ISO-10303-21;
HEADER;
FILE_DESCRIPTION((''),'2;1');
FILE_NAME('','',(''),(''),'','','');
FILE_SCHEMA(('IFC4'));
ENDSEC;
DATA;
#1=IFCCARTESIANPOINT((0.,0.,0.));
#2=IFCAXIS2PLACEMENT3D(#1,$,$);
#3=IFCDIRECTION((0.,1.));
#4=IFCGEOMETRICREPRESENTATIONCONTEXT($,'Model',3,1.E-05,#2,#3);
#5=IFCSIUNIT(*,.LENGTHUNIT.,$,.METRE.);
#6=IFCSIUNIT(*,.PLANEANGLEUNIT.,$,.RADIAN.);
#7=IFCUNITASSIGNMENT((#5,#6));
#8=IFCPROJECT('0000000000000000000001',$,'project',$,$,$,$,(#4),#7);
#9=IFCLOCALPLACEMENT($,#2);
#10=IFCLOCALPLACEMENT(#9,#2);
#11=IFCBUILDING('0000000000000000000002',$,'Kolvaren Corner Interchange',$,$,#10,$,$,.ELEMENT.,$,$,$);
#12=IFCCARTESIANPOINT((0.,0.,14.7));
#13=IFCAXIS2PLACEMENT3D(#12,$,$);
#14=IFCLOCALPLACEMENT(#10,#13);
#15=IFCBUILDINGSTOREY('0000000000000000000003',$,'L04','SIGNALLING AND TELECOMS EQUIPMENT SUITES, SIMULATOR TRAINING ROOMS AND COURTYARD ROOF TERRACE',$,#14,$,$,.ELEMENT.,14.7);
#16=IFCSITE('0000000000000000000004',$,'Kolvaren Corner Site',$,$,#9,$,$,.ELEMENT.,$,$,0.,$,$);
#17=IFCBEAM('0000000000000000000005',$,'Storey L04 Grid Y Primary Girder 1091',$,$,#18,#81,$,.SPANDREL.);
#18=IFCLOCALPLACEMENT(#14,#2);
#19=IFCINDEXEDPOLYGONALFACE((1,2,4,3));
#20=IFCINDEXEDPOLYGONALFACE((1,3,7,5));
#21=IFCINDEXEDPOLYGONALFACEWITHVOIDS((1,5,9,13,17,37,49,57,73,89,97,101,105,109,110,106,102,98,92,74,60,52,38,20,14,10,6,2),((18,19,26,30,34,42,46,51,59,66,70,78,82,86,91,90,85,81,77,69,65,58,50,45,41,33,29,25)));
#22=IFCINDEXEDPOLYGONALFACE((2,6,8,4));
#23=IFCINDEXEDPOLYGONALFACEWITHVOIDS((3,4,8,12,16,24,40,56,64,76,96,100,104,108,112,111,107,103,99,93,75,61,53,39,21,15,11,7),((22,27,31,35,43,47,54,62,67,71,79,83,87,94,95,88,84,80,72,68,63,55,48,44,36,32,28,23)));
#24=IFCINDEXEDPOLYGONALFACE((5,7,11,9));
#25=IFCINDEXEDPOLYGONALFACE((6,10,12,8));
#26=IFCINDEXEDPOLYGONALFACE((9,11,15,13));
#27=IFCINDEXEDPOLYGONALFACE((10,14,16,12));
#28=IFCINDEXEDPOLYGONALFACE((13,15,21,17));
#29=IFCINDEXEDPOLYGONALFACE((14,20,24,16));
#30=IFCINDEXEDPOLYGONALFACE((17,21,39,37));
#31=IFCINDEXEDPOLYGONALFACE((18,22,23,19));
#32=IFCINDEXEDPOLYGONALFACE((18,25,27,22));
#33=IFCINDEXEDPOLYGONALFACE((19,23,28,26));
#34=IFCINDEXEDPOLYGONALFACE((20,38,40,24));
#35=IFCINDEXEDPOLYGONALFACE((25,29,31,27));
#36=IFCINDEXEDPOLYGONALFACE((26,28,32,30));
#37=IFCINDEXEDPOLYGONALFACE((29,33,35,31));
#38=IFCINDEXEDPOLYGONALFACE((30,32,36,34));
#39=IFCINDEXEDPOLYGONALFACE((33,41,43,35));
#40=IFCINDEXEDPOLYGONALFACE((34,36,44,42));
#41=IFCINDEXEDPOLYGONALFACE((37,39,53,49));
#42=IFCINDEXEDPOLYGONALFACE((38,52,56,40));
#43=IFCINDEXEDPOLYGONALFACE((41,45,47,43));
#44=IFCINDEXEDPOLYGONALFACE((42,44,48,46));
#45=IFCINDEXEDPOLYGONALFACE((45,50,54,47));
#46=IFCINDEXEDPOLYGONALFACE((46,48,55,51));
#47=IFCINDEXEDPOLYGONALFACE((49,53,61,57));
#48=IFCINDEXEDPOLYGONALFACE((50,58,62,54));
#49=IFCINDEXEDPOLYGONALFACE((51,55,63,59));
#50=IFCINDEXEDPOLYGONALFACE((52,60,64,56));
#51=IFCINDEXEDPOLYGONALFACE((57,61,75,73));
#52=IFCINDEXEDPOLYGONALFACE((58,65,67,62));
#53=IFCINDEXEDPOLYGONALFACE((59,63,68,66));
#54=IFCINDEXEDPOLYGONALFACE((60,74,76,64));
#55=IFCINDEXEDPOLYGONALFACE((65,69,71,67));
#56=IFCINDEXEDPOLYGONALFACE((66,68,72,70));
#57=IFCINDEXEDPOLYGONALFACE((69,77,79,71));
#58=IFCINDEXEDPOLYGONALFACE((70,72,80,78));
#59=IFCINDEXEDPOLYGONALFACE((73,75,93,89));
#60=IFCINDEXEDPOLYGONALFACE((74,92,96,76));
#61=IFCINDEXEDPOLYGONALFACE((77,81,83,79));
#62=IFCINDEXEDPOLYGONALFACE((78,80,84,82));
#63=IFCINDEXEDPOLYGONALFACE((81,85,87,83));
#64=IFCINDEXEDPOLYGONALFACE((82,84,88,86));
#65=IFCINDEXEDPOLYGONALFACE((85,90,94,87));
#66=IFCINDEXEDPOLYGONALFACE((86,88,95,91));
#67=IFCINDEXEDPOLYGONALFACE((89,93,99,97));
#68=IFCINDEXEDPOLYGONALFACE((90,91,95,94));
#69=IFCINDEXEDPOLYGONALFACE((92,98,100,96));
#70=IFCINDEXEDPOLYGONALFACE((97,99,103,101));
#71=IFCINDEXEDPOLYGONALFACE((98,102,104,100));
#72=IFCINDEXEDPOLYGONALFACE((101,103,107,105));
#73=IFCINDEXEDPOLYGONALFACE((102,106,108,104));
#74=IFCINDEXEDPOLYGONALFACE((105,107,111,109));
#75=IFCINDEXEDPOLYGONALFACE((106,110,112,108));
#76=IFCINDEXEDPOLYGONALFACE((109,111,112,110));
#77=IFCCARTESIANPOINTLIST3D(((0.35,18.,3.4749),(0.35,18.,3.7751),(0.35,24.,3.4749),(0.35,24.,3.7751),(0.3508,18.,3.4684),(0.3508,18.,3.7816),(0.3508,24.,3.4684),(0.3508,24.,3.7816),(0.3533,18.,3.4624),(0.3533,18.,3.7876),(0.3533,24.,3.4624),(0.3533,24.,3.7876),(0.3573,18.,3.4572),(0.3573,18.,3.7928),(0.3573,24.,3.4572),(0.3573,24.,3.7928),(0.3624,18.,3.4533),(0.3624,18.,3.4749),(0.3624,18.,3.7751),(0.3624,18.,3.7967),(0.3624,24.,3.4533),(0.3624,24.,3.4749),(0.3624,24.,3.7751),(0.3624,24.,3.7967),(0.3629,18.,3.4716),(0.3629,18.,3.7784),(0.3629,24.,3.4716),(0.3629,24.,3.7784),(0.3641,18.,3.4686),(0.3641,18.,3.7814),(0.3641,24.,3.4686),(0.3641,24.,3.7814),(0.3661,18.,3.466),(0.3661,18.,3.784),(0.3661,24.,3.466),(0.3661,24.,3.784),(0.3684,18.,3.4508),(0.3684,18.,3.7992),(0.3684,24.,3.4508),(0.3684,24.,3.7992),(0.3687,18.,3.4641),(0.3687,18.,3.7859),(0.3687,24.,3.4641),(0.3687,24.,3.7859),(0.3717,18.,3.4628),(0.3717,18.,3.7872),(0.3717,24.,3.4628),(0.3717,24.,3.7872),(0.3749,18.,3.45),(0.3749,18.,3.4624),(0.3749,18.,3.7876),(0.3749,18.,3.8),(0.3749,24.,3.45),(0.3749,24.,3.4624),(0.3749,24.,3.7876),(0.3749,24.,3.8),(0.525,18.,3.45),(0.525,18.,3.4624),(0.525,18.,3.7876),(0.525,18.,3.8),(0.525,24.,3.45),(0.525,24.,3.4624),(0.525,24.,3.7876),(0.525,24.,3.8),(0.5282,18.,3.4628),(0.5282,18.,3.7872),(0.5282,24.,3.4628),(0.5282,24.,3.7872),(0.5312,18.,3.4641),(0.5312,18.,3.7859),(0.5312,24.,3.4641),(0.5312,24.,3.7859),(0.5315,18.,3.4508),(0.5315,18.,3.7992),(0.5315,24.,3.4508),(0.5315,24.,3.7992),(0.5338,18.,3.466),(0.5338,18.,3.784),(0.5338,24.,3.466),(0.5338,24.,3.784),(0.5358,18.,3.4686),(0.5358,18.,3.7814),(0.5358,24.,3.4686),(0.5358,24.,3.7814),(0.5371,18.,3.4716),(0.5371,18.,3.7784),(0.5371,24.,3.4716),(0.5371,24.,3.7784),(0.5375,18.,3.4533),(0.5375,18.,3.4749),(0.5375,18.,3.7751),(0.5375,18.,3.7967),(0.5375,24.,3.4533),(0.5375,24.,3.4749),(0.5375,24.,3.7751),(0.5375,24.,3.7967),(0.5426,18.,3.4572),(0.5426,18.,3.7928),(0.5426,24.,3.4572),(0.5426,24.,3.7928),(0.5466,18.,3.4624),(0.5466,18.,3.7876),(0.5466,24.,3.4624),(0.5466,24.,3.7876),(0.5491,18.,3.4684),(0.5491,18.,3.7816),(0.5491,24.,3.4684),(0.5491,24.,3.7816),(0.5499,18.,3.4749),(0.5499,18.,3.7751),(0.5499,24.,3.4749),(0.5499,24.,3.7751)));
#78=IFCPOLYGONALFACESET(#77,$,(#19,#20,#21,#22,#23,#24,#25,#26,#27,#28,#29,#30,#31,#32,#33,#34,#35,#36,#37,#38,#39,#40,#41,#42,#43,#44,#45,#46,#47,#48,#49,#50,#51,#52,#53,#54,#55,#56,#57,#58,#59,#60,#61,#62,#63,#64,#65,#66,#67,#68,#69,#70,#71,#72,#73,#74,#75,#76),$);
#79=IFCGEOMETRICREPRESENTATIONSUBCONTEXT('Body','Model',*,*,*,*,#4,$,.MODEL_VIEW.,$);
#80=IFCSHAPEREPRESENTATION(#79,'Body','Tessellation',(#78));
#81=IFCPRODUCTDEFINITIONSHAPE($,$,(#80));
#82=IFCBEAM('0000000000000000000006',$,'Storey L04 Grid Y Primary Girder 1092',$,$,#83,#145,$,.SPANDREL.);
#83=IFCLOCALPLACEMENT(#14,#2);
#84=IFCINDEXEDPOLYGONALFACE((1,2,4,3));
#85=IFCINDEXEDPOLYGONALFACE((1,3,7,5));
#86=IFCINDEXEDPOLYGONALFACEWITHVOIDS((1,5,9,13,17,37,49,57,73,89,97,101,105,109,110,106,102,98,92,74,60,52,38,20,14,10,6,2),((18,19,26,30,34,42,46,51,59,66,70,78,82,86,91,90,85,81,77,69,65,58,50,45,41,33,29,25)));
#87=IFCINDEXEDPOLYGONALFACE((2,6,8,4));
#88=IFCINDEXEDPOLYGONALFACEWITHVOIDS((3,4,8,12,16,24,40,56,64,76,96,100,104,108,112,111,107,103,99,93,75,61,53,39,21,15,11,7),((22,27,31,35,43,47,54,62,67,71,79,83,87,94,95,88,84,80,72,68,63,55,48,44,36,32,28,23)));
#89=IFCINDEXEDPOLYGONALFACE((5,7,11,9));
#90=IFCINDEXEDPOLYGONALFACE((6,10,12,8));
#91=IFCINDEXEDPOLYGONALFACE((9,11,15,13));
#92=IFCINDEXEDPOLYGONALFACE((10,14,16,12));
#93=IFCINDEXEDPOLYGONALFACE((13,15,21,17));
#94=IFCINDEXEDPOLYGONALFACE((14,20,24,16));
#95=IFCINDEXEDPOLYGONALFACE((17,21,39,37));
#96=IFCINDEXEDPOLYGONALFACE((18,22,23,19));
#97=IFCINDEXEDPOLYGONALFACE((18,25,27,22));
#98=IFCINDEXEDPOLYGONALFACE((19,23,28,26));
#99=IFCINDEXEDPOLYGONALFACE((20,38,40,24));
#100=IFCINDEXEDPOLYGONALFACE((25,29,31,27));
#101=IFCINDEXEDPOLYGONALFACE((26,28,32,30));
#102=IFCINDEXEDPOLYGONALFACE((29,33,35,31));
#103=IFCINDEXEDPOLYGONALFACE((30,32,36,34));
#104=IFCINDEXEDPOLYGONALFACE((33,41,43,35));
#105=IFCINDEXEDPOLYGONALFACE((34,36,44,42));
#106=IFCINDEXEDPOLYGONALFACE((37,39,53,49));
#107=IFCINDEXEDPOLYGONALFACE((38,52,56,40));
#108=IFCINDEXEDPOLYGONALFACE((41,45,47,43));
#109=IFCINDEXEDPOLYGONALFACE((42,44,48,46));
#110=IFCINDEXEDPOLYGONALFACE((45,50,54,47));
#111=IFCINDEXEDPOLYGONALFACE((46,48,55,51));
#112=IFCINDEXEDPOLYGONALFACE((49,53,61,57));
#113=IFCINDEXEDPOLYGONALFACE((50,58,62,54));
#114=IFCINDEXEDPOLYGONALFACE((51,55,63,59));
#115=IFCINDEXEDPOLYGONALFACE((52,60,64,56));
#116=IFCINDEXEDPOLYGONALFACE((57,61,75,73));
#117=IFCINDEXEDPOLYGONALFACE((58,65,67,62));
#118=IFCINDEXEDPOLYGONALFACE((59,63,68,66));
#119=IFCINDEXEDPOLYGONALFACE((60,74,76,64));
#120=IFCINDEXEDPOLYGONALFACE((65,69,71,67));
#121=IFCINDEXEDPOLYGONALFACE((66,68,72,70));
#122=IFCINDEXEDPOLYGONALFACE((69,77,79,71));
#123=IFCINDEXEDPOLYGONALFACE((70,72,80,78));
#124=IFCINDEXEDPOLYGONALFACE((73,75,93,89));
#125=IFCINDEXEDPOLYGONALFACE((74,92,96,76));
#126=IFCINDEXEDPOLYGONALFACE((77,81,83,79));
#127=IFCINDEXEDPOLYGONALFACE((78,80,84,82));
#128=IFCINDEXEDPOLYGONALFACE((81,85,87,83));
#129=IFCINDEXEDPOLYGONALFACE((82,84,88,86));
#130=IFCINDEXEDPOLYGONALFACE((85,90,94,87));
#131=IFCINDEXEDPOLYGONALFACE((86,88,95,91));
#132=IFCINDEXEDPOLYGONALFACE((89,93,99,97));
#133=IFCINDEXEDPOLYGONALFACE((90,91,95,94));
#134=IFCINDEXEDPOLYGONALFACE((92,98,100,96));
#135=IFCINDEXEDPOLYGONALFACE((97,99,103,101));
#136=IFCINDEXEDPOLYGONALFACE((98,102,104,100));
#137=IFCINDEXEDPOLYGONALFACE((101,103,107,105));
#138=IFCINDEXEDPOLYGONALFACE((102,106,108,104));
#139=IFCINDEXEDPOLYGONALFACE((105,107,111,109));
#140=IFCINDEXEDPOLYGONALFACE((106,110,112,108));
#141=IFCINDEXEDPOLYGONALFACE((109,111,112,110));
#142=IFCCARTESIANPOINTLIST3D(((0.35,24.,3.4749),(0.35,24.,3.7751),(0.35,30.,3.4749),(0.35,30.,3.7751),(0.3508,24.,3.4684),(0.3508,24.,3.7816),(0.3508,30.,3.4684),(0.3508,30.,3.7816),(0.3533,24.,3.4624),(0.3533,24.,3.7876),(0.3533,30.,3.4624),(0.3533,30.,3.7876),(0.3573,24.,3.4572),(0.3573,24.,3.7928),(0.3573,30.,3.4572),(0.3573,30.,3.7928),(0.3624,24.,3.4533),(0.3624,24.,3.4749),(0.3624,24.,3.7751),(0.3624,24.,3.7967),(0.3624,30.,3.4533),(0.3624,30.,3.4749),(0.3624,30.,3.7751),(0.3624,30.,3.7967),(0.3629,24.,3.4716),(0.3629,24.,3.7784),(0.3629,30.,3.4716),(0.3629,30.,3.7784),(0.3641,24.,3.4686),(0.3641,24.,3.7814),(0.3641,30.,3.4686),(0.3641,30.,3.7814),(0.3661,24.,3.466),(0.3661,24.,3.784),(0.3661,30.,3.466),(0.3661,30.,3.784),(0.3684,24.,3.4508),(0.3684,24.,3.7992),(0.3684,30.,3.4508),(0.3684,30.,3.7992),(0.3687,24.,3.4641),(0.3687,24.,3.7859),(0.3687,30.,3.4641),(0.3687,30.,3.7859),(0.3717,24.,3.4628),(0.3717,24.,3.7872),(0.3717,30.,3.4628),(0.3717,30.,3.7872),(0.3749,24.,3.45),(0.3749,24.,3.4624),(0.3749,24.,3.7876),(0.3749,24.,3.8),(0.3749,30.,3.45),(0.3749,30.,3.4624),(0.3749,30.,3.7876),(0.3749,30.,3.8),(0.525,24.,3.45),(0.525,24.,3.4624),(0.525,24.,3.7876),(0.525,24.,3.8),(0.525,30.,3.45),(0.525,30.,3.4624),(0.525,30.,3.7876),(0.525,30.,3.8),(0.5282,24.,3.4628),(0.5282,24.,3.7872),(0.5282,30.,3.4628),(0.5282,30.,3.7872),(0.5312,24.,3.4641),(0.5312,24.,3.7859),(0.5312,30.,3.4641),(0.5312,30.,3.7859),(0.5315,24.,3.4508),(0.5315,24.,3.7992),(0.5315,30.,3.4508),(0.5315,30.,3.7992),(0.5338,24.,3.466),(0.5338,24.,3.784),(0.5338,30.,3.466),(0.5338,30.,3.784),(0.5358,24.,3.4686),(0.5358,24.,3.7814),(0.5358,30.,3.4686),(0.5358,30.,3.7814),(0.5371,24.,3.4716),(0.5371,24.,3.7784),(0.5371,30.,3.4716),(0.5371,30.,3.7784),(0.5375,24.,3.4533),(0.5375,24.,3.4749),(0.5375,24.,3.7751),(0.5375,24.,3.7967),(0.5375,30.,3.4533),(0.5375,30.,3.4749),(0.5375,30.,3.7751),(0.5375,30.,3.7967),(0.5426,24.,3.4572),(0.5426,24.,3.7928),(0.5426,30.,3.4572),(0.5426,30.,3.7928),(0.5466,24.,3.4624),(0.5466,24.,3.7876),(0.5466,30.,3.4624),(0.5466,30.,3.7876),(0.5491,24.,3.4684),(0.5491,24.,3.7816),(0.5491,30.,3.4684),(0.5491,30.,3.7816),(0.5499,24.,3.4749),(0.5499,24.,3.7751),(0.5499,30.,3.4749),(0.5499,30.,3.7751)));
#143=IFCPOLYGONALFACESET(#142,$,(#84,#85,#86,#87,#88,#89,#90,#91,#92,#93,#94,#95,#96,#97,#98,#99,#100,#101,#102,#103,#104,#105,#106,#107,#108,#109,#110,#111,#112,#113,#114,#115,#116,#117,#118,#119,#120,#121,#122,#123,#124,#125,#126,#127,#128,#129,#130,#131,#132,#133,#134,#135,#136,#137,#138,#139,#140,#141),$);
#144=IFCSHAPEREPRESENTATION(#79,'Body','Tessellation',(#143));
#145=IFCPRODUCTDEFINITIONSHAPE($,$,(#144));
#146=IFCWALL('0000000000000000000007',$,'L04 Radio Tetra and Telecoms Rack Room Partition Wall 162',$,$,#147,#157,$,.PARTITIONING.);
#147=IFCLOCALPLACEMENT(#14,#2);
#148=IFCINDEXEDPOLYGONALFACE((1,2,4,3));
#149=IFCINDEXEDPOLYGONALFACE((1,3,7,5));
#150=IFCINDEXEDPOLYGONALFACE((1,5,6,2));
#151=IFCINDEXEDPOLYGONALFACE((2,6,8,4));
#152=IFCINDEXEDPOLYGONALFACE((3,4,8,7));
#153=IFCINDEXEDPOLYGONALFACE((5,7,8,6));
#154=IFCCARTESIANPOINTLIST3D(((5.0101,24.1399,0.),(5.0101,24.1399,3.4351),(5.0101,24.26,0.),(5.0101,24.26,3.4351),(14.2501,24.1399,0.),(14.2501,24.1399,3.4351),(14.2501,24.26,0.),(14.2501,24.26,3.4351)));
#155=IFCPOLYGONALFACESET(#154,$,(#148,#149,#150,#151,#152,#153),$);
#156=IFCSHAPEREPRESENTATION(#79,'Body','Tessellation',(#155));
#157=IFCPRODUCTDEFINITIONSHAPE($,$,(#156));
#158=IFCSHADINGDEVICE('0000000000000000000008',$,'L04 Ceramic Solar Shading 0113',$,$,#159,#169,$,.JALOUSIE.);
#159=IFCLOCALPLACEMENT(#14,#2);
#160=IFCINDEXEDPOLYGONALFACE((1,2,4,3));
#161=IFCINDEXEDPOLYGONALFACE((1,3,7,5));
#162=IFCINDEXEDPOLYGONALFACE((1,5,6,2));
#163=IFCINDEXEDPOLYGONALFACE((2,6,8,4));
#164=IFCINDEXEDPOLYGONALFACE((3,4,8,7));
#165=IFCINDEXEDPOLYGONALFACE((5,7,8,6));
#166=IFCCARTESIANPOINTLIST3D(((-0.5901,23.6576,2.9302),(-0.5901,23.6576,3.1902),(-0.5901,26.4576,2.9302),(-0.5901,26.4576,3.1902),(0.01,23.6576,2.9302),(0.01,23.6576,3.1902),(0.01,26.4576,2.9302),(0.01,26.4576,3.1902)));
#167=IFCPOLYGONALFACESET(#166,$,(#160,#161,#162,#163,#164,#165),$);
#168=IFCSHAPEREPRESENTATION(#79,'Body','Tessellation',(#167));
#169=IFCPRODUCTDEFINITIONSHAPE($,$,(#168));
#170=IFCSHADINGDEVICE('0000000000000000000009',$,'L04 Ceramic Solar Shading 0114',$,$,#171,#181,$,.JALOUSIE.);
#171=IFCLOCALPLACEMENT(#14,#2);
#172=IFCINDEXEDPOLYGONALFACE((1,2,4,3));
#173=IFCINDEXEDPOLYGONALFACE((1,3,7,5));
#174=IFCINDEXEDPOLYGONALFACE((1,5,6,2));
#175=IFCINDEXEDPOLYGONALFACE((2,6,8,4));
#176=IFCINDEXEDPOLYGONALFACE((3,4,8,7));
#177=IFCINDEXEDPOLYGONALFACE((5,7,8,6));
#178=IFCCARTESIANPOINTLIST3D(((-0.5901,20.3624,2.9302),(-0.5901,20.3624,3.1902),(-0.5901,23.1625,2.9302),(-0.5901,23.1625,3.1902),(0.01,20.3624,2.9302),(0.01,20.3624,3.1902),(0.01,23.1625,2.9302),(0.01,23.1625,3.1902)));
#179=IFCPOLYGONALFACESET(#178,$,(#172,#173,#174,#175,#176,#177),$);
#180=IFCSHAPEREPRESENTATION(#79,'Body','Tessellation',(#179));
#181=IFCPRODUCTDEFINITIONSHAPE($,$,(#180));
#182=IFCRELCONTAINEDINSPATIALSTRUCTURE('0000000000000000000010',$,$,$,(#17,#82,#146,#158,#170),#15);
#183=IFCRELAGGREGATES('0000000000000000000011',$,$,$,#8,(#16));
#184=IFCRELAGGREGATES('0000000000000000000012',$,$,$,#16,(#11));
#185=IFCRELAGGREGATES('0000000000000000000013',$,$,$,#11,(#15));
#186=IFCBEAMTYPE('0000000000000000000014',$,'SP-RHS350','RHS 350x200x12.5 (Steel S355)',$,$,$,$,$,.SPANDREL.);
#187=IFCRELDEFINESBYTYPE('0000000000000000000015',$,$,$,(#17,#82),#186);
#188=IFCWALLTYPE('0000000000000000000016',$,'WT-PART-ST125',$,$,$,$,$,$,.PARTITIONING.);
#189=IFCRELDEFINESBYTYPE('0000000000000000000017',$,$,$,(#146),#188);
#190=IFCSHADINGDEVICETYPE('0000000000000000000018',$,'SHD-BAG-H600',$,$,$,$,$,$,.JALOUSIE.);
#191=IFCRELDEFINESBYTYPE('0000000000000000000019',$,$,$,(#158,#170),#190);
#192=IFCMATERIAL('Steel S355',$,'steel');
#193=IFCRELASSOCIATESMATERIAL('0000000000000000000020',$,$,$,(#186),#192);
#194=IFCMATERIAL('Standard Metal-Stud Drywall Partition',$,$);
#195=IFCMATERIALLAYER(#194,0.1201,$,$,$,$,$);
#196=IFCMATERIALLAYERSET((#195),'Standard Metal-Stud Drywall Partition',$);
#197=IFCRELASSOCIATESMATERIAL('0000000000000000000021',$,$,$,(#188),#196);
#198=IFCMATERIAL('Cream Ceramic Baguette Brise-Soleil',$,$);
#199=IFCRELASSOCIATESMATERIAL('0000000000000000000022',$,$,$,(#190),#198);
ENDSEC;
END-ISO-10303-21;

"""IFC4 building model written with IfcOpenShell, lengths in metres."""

from ifc_helpers import new_model, si_unit, direction, frame, frame_2d, origin, origin_2d, place, context, subcontext, project, spatial, rectangle, hollow_rectangle, extrude, material, layer, layer_set, material_profile, profile_set, type_object, element, save


model = new_model("IFC4")

# Units and contexts
model_context = context("Model", 3, precision=1e-05, world=origin(), true_north=direction((0.0, 1.0)))
body_context = subcontext(model_context, "Body", "Model", "MODEL_VIEW")
ifc_project = project(units=[si_unit("LENGTHUNIT", "METRE"), si_unit("PLANEANGLEUNIT", "RADIAN")], contexts=[model_context])

# Site, building, storey
site_placement = place(None, origin())
site = spatial("IfcSite", under=ifc_project, at=site_placement, Name="Kolvaren Corner Site", CompositionType="ELEMENT", RefElevation=0.0)
building_placement = place(site_placement, origin())
building = spatial("IfcBuilding", under=site, at=building_placement, Name="Kolvaren Corner Interchange", CompositionType="ELEMENT")
storey_placement = place(building_placement, frame((0.0, 0.0, 14.7)))
storey = spatial("IfcBuildingStorey", under=building, at=storey_placement, Name="L04", Description="SIGNALLING AND TELECOMS EQUIPMENT SUITES, SIMULATOR TRAINING ROOMS AND COURTYARD ROOF TERRACE", CompositionType="ELEMENT", Elevation=14.7)

# Beams
ifc_material_1 = material(Name="Steel S355", Category="steel")
ifc_material_profile_1 = material_profile(ifc_material_1, hollow_rectangle(XDim=0.2, YDim=0.3501, WallThickness=0.0125, InnerFilletRadius=0.0125, OuterFilletRadius=0.0249, at=origin_2d()), Name="RHS 350x200x12.5")
ifc_profile_set_1 = profile_set([ifc_material_profile_1], Name="Steel S355")
beam_type_1 = type_object("IfcBeamType", Name="SP-RHS350", Description="RHS 350x200x12.5 (Steel S355)", PredefinedType="SPANDREL", material=ifc_profile_set_1)
for number, where, z_axis, x_axis, name in (
    (1, (0.45, 18.0, 3.625), (0.0, 1.0, 0.0), (-1.0, 0.0, 0.0), "Storey L04 Grid Y Primary Girder 1091"),
    (2, (0.45, 24.0, 3.625), (0.0, 1.0, 0.0), (-1.0, 0.0, 0.0), "Storey L04 Grid Y Primary Girder 1092"),
):
    element("IfcBeam", number, at=place(storey_placement, frame(where, z_axis=z_axis, x_axis=x_axis)), inside=storey, type_object=beam_type_1, Name=name, PredefinedType="SPANDREL", context=body_context, shape_type="SweptSolid", body=[
        extrude(hollow_rectangle(XDim=0.2, YDim=0.3501, WallThickness=0.0125, InnerFilletRadius=0.0125, OuterFilletRadius=0.0249, at=origin_2d()), origin(), (0.0, 0.0, 1.0), 6.0),
    ])

# Wall
ifc_material_2 = material(Name="Standard Metal-Stud Drywall Partition")
ifc_layer = layer(ifc_material_2, 0.1201)
ifc_layer_set = layer_set([ifc_layer], Name="Standard Metal-Stud Drywall Partition")
wall_type = type_object("IfcWallType", Name="WT-PART-ST125", PredefinedType="PARTITIONING", material=ifc_layer_set)
wall_placement = place(storey_placement, frame((5.01, 24.2, 0.0), z_axis=(0.0, 0.0, 1.0), x_axis=(1.0, 0.0, 0.0)))
element("IfcWall", 3, at=wall_placement, inside=storey, type_object=wall_type, Name="L04 Radio Tetra and Telecoms Rack Room Partition Wall 162", PredefinedType="PARTITIONING", context=body_context, shape_type="SweptSolid", body=[
    extrude(rectangle(XDim=9.24, YDim=0.1201, at=frame_2d((4.6201, 0.0))), origin(), (0.0, 0.0, 1.0), 3.4351),
])

# Shading devices
ifc_material_3 = material(Name="Cream Ceramic Baguette Brise-Soleil")
shading_device_type = type_object("IfcShadingDeviceType", Name="SHD-BAG-H600", PredefinedType="JALOUSIE", material=ifc_material_3)
for number, where, z_axis, x_axis, name in (
    (4, (-0.29, 25.0576, 2.9302), (0.0, 0.0, 1.0), (0.0, -1.0, 0.0), "L04 Ceramic Solar Shading 0113"),
    (5, (-0.29, 21.7625, 2.9302), (0.0, 0.0, 1.0), (0.0, -1.0, 0.0), "L04 Ceramic Solar Shading 0114"),
):
    element("IfcShadingDevice", number, at=place(storey_placement, frame(where, z_axis=z_axis, x_axis=x_axis)), inside=storey, type_object=shading_device_type, Name=name, PredefinedType="JALOUSIE", context=body_context, shape_type="SweptSolid", body=[
        extrude(rectangle(XDim=2.8, YDim=0.6001, at=origin_2d()), origin(), (0.0, 0.0, 1.0), 0.26),
    ])

save(model, "model.ifc")
